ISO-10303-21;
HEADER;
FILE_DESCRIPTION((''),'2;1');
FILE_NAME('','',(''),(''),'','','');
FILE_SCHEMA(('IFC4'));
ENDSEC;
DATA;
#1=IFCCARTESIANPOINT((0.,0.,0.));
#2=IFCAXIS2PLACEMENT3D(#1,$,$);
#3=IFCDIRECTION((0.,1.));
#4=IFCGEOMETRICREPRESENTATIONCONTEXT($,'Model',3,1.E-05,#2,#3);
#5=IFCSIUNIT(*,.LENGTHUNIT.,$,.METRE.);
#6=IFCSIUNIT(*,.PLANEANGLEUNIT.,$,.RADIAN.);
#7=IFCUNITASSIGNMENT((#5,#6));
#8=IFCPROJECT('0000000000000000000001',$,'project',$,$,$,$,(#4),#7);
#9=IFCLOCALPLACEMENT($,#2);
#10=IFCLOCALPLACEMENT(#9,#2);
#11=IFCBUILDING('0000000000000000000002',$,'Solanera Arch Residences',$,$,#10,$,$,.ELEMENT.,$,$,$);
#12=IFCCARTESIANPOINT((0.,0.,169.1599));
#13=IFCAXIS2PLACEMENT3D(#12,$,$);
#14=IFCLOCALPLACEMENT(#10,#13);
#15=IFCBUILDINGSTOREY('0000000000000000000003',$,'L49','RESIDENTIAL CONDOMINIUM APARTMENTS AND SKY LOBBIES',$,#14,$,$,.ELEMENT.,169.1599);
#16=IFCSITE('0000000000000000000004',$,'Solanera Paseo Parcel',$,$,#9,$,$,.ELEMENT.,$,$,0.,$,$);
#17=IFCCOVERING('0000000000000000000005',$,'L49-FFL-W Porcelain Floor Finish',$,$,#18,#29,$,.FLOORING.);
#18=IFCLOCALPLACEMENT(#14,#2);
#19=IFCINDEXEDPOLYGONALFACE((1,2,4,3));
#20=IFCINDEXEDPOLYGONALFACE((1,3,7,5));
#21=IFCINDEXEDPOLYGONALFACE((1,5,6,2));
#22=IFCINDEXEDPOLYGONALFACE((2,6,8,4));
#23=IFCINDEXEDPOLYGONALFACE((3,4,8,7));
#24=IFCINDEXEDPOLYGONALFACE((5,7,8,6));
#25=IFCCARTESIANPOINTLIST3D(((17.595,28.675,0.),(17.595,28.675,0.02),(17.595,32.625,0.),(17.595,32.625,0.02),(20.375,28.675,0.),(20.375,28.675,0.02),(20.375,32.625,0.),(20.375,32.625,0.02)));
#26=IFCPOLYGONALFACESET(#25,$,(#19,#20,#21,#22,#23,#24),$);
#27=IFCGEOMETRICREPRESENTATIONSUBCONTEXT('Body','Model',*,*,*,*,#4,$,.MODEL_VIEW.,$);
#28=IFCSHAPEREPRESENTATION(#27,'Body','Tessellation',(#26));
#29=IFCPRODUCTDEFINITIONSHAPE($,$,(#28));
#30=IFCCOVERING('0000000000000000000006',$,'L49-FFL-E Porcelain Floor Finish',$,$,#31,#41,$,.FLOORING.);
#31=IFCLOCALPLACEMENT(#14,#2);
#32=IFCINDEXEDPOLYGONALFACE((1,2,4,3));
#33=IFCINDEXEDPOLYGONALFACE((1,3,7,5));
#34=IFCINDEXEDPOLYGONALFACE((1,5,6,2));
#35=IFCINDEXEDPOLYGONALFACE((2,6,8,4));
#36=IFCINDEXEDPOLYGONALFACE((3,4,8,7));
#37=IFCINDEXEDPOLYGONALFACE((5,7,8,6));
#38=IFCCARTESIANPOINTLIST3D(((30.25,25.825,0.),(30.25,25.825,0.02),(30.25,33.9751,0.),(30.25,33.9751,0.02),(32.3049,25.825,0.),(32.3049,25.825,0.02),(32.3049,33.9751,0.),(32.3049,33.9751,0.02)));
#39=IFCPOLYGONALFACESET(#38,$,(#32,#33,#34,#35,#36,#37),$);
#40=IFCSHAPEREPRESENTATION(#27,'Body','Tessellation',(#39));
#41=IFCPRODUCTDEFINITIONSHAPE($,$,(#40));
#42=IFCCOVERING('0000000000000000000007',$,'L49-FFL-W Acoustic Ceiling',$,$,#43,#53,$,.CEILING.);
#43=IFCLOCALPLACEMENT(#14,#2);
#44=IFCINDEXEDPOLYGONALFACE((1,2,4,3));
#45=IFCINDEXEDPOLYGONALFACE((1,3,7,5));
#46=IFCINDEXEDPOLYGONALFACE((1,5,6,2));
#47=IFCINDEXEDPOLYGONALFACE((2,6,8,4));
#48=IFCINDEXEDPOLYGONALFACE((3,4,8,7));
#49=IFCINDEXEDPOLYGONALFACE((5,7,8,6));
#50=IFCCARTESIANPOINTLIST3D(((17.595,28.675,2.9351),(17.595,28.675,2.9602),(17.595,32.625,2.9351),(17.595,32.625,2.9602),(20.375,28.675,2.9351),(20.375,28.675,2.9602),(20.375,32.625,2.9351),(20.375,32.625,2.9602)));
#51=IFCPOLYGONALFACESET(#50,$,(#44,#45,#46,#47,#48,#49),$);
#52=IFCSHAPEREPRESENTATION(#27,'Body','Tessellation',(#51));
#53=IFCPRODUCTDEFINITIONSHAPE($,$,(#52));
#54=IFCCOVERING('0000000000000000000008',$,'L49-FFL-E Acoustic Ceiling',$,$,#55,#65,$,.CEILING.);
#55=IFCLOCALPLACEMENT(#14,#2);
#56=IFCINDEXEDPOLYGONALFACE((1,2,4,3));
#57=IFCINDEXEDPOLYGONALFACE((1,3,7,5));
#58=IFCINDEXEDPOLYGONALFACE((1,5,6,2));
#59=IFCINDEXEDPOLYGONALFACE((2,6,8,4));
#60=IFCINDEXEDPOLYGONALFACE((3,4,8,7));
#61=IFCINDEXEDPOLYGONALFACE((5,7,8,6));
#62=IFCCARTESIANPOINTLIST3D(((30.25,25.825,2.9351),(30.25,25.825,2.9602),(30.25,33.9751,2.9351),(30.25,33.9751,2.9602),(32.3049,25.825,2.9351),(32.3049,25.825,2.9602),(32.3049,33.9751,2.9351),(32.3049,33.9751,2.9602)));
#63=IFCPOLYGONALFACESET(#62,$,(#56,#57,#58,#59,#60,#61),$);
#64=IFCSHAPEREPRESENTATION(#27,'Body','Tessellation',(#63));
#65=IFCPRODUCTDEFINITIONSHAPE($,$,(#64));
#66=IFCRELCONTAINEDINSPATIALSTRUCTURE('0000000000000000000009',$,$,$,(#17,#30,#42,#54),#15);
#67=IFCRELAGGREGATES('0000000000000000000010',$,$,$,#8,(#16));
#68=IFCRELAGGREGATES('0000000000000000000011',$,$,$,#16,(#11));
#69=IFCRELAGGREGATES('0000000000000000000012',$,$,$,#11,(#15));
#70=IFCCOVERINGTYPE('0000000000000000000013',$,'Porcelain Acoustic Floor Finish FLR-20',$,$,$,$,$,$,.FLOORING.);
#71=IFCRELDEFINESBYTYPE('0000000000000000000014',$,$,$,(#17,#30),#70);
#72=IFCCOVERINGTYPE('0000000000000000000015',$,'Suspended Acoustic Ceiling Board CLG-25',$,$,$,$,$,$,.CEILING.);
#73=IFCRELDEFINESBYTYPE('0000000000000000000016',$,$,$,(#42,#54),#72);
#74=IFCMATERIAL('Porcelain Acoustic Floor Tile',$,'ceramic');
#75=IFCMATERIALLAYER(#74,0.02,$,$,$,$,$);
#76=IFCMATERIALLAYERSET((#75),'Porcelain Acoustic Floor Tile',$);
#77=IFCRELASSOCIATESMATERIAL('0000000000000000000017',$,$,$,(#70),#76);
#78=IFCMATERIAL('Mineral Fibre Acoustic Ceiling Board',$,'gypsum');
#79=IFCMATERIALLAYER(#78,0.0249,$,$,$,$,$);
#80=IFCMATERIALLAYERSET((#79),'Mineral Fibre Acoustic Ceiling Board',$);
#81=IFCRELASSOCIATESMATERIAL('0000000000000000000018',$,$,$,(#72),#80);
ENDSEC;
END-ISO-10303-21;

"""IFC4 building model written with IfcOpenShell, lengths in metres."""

from ifc_helpers import new_model, si_unit, direction, frame, origin, place, context, subcontext, project, spatial, polyline, outline, extrude, material, layer, layer_set, type_object, element, save


model = new_model("IFC4")

# Units and contexts
model_context = context("Model", 3, precision=1e-05, world=origin(), true_north=direction((0.0, 1.0)))
body_context = subcontext(model_context, "Body", "Model", "MODEL_VIEW")
ifc_project = project(units=[si_unit("LENGTHUNIT", "METRE"), si_unit("PLANEANGLEUNIT", "RADIAN")], contexts=[model_context])

# Site, building, storey
site_placement = place(None, origin())
site = spatial("IfcSite", under=ifc_project, at=site_placement, Name="Solanera Paseo Parcel", CompositionType="ELEMENT", RefElevation=0.0)
building_placement = place(site_placement, origin())
building = spatial("IfcBuilding", under=site, at=building_placement, Name="Solanera Arch Residences", CompositionType="ELEMENT")
storey_placement = place(building_placement, frame((0.0, 0.0, 169.1599)))
storey = spatial("IfcBuildingStorey", under=building, at=storey_placement, Name="L49", Description="RESIDENTIAL CONDOMINIUM APARTMENTS AND SKY LOBBIES", CompositionType="ELEMENT", Elevation=169.1599)

# Coverings
ifc_material_1 = material(Name="Porcelain Acoustic Floor Tile", Category="ceramic")
ifc_layer_1 = layer(ifc_material_1, 0.02)
ifc_layer_set_1 = layer_set([ifc_layer_1], Name="Porcelain Acoustic Floor Tile")
covering_type_1 = type_object("IfcCoveringType", Name="Porcelain Acoustic Floor Finish FLR-20", PredefinedType="FLOORING", material=ifc_layer_set_1)
covering_1_placement = place(storey_placement, origin())
element("IfcCovering", 1, at=covering_1_placement, inside=storey, type_object=covering_type_1, Name="L49-FFL-W Porcelain Floor Finish", PredefinedType="FLOORING", context=body_context, shape_type="SweptSolid", body=[
    extrude(outline(polyline([(20.375, 28.675), (17.595, 28.675), (17.595, 32.625), (20.375, 32.625), (20.375, 28.675)])), origin(), (0.0, 0.0, 1.0), 0.02),
])
covering_2_placement = place(storey_placement, origin())
element("IfcCovering", 2, at=covering_2_placement, inside=storey, type_object=covering_type_1, Name="L49-FFL-E Porcelain Floor Finish", PredefinedType="FLOORING", context=body_context, shape_type="SweptSolid", body=[
    extrude(outline(polyline([(32.3049, 25.825), (30.25, 25.825), (30.25, 33.9751), (32.3049, 33.9751), (32.3049, 25.825)])), origin(), (0.0, 0.0, 1.0), 0.02),
])
ifc_material_2 = material(Name="Mineral Fibre Acoustic Ceiling Board", Category="gypsum")
ifc_layer_2 = layer(ifc_material_2, 0.0249)
ifc_layer_set_2 = layer_set([ifc_layer_2], Name="Mineral Fibre Acoustic Ceiling Board")
covering_type_2 = type_object("IfcCoveringType", Name="Suspended Acoustic Ceiling Board CLG-25", PredefinedType="CEILING", material=ifc_layer_set_2)
covering_3_placement = place(storey_placement, frame((0.0, 0.0, 2.9351)))
element("IfcCovering", 3, at=covering_3_placement, inside=storey, type_object=covering_type_2, Name="L49-FFL-W Acoustic Ceiling", PredefinedType="CEILING", context=body_context, shape_type="SweptSolid", body=[
    extrude(outline(polyline([(20.375, 28.675), (17.595, 28.675), (17.595, 32.625), (20.375, 32.625), (20.375, 28.675)])), origin(), (0.0, 0.0, 1.0), 0.0251),
])
covering_4_placement = place(storey_placement, frame((0.0, 0.0, 2.9351)))
element("IfcCovering", 4, at=covering_4_placement, inside=storey, type_object=covering_type_2, Name="L49-FFL-E Acoustic Ceiling", PredefinedType="CEILING", context=body_context, shape_type="SweptSolid", body=[
    extrude(outline(polyline([(32.3049, 25.825), (30.25, 25.825), (30.25, 33.9751), (32.3049, 33.9751), (32.3049, 25.825)])), origin(), (0.0, 0.0, 1.0), 0.0251),
])

save(model, "model.ifc")
